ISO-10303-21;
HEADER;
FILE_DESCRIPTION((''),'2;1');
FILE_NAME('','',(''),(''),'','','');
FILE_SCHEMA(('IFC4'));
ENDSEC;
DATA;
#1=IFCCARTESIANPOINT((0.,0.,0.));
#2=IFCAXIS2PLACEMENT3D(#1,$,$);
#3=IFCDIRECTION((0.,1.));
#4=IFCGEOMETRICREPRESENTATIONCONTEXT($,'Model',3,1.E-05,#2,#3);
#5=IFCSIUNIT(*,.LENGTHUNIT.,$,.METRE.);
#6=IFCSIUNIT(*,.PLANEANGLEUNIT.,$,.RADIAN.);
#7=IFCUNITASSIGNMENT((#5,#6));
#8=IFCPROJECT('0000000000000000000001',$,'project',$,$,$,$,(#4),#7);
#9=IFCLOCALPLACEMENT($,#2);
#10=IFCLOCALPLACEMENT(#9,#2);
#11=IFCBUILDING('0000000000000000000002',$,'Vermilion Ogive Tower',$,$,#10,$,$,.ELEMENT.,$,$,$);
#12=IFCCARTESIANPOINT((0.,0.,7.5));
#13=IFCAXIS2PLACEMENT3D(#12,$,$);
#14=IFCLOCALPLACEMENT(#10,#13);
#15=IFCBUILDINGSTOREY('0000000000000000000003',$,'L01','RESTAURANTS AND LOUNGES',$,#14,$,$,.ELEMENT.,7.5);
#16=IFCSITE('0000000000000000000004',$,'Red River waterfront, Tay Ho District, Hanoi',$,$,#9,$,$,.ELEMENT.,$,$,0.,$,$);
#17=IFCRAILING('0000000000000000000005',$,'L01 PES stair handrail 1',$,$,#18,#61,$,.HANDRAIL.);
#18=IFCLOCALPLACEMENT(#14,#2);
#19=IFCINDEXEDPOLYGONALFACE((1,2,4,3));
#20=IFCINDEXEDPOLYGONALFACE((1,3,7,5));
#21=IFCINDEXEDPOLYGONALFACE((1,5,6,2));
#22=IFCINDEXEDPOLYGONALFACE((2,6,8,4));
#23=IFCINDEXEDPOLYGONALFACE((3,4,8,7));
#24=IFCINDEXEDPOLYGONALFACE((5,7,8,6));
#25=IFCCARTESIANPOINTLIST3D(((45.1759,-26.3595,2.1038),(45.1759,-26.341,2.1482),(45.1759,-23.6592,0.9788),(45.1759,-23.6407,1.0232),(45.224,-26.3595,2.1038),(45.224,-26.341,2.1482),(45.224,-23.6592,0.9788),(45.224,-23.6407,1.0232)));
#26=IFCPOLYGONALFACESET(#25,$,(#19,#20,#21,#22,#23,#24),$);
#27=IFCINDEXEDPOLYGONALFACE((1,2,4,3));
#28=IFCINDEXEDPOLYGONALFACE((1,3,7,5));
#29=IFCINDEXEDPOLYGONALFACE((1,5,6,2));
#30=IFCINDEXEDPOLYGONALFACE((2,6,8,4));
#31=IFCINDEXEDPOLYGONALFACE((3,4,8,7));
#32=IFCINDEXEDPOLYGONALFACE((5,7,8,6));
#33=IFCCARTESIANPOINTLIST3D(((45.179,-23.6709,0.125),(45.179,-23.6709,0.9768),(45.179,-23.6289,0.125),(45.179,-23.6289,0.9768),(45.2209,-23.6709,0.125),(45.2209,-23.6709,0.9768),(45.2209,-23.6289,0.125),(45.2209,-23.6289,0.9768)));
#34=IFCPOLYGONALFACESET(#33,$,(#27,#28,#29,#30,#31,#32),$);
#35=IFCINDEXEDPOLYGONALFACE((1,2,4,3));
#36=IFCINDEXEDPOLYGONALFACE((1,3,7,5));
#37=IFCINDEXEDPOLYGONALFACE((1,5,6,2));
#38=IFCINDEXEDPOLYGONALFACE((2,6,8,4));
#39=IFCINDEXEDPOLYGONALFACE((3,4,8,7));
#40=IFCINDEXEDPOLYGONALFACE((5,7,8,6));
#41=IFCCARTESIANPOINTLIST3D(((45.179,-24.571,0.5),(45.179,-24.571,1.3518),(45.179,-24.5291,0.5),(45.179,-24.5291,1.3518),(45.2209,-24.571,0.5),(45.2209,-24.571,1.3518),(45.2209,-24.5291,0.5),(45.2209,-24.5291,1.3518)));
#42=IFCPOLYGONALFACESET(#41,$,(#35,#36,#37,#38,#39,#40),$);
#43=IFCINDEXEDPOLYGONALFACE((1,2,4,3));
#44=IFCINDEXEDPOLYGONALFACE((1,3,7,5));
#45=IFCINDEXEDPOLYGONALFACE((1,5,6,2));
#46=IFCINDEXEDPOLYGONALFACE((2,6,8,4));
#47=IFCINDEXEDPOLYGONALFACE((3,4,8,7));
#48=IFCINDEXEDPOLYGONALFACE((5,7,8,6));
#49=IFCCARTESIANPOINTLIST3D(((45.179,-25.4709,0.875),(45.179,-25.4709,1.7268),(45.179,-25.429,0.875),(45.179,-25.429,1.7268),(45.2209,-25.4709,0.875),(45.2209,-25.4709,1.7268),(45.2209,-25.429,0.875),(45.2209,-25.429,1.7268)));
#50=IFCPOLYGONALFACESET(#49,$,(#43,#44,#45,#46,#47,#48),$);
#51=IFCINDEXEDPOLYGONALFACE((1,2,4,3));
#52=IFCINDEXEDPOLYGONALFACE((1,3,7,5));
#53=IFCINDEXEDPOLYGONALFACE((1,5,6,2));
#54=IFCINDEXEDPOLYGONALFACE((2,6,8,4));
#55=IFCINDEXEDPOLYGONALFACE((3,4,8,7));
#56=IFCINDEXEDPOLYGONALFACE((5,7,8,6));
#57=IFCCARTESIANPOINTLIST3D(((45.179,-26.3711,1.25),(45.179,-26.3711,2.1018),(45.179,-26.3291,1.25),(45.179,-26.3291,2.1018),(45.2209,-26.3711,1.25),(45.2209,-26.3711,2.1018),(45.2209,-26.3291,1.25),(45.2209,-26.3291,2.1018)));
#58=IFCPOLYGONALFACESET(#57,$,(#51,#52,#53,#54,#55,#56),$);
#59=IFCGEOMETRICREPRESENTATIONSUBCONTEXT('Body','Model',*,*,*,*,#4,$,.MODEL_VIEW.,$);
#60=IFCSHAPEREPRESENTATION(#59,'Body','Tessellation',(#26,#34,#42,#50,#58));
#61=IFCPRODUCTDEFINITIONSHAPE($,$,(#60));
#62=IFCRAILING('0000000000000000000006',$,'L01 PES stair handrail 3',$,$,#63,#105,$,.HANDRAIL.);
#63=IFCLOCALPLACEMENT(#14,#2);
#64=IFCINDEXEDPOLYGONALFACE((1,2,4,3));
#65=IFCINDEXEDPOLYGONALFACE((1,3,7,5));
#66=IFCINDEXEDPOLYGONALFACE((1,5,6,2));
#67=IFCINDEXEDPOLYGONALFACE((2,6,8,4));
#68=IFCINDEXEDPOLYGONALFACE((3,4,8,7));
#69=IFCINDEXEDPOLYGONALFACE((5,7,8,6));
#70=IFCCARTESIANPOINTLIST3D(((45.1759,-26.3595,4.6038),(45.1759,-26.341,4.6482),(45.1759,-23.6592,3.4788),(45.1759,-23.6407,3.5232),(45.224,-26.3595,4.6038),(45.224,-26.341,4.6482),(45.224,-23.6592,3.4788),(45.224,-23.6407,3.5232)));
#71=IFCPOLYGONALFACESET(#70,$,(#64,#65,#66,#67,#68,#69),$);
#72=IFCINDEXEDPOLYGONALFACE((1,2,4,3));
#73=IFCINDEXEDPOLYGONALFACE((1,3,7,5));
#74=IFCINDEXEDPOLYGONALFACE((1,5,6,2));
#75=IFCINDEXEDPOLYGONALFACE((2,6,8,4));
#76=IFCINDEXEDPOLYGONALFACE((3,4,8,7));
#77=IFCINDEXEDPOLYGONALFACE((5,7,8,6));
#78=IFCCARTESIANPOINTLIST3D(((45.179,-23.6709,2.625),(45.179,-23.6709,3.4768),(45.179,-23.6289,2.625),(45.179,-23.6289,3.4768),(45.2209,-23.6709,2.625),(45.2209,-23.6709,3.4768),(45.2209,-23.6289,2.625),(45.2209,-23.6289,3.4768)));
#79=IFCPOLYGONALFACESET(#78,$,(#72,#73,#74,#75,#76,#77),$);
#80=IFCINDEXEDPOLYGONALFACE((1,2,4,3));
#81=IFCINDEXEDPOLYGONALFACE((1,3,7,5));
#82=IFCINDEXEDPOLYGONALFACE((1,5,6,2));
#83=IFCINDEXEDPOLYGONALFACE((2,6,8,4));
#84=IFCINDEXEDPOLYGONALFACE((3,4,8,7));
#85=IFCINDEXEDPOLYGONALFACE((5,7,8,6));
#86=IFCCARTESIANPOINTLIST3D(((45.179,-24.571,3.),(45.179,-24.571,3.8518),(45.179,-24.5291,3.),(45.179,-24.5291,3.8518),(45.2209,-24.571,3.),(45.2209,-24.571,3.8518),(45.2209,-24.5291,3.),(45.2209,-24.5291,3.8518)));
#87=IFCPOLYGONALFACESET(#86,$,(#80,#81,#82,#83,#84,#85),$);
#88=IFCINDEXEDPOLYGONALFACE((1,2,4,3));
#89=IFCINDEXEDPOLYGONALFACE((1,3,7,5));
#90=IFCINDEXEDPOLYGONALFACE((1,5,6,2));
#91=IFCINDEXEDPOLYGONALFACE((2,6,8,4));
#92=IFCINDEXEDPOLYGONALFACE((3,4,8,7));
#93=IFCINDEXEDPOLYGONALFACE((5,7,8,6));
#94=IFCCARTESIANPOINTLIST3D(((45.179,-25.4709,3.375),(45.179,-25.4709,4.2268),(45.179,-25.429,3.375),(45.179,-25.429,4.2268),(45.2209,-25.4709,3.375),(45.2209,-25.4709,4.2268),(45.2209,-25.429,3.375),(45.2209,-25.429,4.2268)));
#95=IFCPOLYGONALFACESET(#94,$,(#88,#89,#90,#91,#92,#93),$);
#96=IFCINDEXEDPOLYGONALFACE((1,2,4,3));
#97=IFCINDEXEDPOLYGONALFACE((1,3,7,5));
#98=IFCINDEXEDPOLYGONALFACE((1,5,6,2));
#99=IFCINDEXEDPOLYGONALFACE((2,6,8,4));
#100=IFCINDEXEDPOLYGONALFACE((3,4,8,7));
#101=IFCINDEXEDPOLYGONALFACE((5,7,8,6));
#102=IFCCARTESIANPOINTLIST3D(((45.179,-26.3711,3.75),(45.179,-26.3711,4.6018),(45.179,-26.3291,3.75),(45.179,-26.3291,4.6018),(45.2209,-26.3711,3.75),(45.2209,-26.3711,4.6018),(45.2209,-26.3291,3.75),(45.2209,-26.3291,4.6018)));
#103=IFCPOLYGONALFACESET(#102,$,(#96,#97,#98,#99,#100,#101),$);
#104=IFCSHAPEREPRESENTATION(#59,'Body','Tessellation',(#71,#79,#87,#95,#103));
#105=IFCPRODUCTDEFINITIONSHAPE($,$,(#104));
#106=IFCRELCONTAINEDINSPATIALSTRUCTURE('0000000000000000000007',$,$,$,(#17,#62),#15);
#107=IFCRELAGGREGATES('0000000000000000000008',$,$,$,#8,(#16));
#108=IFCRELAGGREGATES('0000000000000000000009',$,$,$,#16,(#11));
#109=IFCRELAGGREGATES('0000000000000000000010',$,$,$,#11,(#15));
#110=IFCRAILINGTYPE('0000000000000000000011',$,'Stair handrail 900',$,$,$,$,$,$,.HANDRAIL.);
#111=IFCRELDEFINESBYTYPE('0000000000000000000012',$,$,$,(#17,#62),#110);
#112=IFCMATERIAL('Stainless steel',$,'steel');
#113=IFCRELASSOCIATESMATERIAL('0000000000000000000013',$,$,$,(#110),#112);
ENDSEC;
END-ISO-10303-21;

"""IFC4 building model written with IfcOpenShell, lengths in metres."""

from ifc_helpers import new_model, si_unit, direction, frame, origin, origin_2d, place, context, subcontext, project, spatial, rectangle, extrude, material, type_object, element, save


model = new_model("IFC4")

# Units and contexts
model_context = context("Model", 3, precision=1e-05, world=origin(), true_north=direction((0.0, 1.0)))
body_context = subcontext(model_context, "Body", "Model", "MODEL_VIEW")
ifc_project = project(units=[si_unit("LENGTHUNIT", "METRE"), si_unit("PLANEANGLEUNIT", "RADIAN")], contexts=[model_context])

# Site, building, storey
site_placement = place(None, origin())
site = spatial("IfcSite", under=ifc_project, at=site_placement, Name="Red River waterfront, Tay Ho District, Hanoi", CompositionType="ELEMENT", RefElevation=0.0)
building_placement = place(site_placement, origin())
building = spatial("IfcBuilding", under=site, at=building_placement, Name="Vermilion Ogive Tower", CompositionType="ELEMENT")
storey_placement = place(building_placement, frame((0.0, 0.0, 7.5)))
storey = spatial("IfcBuildingStorey", under=building, at=storey_placement, Name="L01", Description="RESTAURANTS AND LOUNGES", CompositionType="ELEMENT", Elevation=7.5)

# Railings
ifc_material_1 = material(Name="Stainless steel", Category="steel")
railing_type_1 = type_object("IfcRailingType", Name="Stair handrail 900", PredefinedType="HANDRAIL", material=ifc_material_1)
for number, where, name in (
    (1, (45.2, -23.6499, 0.125), "L01 PES stair handrail 1"),
    (2, (45.2, -23.6499, 2.625), "L01 PES stair handrail 3"),
):
    element("IfcRailing", number, at=place(storey_placement, frame(where)), inside=storey, type_object=railing_type_1, Name=name, PredefinedType="HANDRAIL", context=body_context, shape_type="SweptSolid", body=[
        extrude(rectangle(XDim=0.0481, YDim=0.0481, at=origin_2d()), frame((0.0, 0.0, 0.876), z_axis=(0.0, -0.923087, 0.384592), x_axis=(1.0, 0.0, 0.0)), (0.0, 0.0, 1.0), 2.9253),
        extrude(rectangle(XDim=0.042, YDim=0.042, at=origin_2d()), origin(), (0.0, 0.0, 1.0), 0.8518),
        extrude(rectangle(XDim=0.042, YDim=0.042, at=origin_2d()), frame((0.0, -0.9001, 0.375)), (0.0, 0.0, 1.0), 0.8518),
        extrude(rectangle(XDim=0.042, YDim=0.042, at=origin_2d()), frame((0.0, -1.8, 0.75)), (0.0, 0.0, 1.0), 0.8518),
        extrude(rectangle(XDim=0.042, YDim=0.042, at=origin_2d()), frame((0.0, -2.7002, 1.125)), (0.0, 0.0, 1.0), 0.8518),
    ])

save(model, "model.ifc")
